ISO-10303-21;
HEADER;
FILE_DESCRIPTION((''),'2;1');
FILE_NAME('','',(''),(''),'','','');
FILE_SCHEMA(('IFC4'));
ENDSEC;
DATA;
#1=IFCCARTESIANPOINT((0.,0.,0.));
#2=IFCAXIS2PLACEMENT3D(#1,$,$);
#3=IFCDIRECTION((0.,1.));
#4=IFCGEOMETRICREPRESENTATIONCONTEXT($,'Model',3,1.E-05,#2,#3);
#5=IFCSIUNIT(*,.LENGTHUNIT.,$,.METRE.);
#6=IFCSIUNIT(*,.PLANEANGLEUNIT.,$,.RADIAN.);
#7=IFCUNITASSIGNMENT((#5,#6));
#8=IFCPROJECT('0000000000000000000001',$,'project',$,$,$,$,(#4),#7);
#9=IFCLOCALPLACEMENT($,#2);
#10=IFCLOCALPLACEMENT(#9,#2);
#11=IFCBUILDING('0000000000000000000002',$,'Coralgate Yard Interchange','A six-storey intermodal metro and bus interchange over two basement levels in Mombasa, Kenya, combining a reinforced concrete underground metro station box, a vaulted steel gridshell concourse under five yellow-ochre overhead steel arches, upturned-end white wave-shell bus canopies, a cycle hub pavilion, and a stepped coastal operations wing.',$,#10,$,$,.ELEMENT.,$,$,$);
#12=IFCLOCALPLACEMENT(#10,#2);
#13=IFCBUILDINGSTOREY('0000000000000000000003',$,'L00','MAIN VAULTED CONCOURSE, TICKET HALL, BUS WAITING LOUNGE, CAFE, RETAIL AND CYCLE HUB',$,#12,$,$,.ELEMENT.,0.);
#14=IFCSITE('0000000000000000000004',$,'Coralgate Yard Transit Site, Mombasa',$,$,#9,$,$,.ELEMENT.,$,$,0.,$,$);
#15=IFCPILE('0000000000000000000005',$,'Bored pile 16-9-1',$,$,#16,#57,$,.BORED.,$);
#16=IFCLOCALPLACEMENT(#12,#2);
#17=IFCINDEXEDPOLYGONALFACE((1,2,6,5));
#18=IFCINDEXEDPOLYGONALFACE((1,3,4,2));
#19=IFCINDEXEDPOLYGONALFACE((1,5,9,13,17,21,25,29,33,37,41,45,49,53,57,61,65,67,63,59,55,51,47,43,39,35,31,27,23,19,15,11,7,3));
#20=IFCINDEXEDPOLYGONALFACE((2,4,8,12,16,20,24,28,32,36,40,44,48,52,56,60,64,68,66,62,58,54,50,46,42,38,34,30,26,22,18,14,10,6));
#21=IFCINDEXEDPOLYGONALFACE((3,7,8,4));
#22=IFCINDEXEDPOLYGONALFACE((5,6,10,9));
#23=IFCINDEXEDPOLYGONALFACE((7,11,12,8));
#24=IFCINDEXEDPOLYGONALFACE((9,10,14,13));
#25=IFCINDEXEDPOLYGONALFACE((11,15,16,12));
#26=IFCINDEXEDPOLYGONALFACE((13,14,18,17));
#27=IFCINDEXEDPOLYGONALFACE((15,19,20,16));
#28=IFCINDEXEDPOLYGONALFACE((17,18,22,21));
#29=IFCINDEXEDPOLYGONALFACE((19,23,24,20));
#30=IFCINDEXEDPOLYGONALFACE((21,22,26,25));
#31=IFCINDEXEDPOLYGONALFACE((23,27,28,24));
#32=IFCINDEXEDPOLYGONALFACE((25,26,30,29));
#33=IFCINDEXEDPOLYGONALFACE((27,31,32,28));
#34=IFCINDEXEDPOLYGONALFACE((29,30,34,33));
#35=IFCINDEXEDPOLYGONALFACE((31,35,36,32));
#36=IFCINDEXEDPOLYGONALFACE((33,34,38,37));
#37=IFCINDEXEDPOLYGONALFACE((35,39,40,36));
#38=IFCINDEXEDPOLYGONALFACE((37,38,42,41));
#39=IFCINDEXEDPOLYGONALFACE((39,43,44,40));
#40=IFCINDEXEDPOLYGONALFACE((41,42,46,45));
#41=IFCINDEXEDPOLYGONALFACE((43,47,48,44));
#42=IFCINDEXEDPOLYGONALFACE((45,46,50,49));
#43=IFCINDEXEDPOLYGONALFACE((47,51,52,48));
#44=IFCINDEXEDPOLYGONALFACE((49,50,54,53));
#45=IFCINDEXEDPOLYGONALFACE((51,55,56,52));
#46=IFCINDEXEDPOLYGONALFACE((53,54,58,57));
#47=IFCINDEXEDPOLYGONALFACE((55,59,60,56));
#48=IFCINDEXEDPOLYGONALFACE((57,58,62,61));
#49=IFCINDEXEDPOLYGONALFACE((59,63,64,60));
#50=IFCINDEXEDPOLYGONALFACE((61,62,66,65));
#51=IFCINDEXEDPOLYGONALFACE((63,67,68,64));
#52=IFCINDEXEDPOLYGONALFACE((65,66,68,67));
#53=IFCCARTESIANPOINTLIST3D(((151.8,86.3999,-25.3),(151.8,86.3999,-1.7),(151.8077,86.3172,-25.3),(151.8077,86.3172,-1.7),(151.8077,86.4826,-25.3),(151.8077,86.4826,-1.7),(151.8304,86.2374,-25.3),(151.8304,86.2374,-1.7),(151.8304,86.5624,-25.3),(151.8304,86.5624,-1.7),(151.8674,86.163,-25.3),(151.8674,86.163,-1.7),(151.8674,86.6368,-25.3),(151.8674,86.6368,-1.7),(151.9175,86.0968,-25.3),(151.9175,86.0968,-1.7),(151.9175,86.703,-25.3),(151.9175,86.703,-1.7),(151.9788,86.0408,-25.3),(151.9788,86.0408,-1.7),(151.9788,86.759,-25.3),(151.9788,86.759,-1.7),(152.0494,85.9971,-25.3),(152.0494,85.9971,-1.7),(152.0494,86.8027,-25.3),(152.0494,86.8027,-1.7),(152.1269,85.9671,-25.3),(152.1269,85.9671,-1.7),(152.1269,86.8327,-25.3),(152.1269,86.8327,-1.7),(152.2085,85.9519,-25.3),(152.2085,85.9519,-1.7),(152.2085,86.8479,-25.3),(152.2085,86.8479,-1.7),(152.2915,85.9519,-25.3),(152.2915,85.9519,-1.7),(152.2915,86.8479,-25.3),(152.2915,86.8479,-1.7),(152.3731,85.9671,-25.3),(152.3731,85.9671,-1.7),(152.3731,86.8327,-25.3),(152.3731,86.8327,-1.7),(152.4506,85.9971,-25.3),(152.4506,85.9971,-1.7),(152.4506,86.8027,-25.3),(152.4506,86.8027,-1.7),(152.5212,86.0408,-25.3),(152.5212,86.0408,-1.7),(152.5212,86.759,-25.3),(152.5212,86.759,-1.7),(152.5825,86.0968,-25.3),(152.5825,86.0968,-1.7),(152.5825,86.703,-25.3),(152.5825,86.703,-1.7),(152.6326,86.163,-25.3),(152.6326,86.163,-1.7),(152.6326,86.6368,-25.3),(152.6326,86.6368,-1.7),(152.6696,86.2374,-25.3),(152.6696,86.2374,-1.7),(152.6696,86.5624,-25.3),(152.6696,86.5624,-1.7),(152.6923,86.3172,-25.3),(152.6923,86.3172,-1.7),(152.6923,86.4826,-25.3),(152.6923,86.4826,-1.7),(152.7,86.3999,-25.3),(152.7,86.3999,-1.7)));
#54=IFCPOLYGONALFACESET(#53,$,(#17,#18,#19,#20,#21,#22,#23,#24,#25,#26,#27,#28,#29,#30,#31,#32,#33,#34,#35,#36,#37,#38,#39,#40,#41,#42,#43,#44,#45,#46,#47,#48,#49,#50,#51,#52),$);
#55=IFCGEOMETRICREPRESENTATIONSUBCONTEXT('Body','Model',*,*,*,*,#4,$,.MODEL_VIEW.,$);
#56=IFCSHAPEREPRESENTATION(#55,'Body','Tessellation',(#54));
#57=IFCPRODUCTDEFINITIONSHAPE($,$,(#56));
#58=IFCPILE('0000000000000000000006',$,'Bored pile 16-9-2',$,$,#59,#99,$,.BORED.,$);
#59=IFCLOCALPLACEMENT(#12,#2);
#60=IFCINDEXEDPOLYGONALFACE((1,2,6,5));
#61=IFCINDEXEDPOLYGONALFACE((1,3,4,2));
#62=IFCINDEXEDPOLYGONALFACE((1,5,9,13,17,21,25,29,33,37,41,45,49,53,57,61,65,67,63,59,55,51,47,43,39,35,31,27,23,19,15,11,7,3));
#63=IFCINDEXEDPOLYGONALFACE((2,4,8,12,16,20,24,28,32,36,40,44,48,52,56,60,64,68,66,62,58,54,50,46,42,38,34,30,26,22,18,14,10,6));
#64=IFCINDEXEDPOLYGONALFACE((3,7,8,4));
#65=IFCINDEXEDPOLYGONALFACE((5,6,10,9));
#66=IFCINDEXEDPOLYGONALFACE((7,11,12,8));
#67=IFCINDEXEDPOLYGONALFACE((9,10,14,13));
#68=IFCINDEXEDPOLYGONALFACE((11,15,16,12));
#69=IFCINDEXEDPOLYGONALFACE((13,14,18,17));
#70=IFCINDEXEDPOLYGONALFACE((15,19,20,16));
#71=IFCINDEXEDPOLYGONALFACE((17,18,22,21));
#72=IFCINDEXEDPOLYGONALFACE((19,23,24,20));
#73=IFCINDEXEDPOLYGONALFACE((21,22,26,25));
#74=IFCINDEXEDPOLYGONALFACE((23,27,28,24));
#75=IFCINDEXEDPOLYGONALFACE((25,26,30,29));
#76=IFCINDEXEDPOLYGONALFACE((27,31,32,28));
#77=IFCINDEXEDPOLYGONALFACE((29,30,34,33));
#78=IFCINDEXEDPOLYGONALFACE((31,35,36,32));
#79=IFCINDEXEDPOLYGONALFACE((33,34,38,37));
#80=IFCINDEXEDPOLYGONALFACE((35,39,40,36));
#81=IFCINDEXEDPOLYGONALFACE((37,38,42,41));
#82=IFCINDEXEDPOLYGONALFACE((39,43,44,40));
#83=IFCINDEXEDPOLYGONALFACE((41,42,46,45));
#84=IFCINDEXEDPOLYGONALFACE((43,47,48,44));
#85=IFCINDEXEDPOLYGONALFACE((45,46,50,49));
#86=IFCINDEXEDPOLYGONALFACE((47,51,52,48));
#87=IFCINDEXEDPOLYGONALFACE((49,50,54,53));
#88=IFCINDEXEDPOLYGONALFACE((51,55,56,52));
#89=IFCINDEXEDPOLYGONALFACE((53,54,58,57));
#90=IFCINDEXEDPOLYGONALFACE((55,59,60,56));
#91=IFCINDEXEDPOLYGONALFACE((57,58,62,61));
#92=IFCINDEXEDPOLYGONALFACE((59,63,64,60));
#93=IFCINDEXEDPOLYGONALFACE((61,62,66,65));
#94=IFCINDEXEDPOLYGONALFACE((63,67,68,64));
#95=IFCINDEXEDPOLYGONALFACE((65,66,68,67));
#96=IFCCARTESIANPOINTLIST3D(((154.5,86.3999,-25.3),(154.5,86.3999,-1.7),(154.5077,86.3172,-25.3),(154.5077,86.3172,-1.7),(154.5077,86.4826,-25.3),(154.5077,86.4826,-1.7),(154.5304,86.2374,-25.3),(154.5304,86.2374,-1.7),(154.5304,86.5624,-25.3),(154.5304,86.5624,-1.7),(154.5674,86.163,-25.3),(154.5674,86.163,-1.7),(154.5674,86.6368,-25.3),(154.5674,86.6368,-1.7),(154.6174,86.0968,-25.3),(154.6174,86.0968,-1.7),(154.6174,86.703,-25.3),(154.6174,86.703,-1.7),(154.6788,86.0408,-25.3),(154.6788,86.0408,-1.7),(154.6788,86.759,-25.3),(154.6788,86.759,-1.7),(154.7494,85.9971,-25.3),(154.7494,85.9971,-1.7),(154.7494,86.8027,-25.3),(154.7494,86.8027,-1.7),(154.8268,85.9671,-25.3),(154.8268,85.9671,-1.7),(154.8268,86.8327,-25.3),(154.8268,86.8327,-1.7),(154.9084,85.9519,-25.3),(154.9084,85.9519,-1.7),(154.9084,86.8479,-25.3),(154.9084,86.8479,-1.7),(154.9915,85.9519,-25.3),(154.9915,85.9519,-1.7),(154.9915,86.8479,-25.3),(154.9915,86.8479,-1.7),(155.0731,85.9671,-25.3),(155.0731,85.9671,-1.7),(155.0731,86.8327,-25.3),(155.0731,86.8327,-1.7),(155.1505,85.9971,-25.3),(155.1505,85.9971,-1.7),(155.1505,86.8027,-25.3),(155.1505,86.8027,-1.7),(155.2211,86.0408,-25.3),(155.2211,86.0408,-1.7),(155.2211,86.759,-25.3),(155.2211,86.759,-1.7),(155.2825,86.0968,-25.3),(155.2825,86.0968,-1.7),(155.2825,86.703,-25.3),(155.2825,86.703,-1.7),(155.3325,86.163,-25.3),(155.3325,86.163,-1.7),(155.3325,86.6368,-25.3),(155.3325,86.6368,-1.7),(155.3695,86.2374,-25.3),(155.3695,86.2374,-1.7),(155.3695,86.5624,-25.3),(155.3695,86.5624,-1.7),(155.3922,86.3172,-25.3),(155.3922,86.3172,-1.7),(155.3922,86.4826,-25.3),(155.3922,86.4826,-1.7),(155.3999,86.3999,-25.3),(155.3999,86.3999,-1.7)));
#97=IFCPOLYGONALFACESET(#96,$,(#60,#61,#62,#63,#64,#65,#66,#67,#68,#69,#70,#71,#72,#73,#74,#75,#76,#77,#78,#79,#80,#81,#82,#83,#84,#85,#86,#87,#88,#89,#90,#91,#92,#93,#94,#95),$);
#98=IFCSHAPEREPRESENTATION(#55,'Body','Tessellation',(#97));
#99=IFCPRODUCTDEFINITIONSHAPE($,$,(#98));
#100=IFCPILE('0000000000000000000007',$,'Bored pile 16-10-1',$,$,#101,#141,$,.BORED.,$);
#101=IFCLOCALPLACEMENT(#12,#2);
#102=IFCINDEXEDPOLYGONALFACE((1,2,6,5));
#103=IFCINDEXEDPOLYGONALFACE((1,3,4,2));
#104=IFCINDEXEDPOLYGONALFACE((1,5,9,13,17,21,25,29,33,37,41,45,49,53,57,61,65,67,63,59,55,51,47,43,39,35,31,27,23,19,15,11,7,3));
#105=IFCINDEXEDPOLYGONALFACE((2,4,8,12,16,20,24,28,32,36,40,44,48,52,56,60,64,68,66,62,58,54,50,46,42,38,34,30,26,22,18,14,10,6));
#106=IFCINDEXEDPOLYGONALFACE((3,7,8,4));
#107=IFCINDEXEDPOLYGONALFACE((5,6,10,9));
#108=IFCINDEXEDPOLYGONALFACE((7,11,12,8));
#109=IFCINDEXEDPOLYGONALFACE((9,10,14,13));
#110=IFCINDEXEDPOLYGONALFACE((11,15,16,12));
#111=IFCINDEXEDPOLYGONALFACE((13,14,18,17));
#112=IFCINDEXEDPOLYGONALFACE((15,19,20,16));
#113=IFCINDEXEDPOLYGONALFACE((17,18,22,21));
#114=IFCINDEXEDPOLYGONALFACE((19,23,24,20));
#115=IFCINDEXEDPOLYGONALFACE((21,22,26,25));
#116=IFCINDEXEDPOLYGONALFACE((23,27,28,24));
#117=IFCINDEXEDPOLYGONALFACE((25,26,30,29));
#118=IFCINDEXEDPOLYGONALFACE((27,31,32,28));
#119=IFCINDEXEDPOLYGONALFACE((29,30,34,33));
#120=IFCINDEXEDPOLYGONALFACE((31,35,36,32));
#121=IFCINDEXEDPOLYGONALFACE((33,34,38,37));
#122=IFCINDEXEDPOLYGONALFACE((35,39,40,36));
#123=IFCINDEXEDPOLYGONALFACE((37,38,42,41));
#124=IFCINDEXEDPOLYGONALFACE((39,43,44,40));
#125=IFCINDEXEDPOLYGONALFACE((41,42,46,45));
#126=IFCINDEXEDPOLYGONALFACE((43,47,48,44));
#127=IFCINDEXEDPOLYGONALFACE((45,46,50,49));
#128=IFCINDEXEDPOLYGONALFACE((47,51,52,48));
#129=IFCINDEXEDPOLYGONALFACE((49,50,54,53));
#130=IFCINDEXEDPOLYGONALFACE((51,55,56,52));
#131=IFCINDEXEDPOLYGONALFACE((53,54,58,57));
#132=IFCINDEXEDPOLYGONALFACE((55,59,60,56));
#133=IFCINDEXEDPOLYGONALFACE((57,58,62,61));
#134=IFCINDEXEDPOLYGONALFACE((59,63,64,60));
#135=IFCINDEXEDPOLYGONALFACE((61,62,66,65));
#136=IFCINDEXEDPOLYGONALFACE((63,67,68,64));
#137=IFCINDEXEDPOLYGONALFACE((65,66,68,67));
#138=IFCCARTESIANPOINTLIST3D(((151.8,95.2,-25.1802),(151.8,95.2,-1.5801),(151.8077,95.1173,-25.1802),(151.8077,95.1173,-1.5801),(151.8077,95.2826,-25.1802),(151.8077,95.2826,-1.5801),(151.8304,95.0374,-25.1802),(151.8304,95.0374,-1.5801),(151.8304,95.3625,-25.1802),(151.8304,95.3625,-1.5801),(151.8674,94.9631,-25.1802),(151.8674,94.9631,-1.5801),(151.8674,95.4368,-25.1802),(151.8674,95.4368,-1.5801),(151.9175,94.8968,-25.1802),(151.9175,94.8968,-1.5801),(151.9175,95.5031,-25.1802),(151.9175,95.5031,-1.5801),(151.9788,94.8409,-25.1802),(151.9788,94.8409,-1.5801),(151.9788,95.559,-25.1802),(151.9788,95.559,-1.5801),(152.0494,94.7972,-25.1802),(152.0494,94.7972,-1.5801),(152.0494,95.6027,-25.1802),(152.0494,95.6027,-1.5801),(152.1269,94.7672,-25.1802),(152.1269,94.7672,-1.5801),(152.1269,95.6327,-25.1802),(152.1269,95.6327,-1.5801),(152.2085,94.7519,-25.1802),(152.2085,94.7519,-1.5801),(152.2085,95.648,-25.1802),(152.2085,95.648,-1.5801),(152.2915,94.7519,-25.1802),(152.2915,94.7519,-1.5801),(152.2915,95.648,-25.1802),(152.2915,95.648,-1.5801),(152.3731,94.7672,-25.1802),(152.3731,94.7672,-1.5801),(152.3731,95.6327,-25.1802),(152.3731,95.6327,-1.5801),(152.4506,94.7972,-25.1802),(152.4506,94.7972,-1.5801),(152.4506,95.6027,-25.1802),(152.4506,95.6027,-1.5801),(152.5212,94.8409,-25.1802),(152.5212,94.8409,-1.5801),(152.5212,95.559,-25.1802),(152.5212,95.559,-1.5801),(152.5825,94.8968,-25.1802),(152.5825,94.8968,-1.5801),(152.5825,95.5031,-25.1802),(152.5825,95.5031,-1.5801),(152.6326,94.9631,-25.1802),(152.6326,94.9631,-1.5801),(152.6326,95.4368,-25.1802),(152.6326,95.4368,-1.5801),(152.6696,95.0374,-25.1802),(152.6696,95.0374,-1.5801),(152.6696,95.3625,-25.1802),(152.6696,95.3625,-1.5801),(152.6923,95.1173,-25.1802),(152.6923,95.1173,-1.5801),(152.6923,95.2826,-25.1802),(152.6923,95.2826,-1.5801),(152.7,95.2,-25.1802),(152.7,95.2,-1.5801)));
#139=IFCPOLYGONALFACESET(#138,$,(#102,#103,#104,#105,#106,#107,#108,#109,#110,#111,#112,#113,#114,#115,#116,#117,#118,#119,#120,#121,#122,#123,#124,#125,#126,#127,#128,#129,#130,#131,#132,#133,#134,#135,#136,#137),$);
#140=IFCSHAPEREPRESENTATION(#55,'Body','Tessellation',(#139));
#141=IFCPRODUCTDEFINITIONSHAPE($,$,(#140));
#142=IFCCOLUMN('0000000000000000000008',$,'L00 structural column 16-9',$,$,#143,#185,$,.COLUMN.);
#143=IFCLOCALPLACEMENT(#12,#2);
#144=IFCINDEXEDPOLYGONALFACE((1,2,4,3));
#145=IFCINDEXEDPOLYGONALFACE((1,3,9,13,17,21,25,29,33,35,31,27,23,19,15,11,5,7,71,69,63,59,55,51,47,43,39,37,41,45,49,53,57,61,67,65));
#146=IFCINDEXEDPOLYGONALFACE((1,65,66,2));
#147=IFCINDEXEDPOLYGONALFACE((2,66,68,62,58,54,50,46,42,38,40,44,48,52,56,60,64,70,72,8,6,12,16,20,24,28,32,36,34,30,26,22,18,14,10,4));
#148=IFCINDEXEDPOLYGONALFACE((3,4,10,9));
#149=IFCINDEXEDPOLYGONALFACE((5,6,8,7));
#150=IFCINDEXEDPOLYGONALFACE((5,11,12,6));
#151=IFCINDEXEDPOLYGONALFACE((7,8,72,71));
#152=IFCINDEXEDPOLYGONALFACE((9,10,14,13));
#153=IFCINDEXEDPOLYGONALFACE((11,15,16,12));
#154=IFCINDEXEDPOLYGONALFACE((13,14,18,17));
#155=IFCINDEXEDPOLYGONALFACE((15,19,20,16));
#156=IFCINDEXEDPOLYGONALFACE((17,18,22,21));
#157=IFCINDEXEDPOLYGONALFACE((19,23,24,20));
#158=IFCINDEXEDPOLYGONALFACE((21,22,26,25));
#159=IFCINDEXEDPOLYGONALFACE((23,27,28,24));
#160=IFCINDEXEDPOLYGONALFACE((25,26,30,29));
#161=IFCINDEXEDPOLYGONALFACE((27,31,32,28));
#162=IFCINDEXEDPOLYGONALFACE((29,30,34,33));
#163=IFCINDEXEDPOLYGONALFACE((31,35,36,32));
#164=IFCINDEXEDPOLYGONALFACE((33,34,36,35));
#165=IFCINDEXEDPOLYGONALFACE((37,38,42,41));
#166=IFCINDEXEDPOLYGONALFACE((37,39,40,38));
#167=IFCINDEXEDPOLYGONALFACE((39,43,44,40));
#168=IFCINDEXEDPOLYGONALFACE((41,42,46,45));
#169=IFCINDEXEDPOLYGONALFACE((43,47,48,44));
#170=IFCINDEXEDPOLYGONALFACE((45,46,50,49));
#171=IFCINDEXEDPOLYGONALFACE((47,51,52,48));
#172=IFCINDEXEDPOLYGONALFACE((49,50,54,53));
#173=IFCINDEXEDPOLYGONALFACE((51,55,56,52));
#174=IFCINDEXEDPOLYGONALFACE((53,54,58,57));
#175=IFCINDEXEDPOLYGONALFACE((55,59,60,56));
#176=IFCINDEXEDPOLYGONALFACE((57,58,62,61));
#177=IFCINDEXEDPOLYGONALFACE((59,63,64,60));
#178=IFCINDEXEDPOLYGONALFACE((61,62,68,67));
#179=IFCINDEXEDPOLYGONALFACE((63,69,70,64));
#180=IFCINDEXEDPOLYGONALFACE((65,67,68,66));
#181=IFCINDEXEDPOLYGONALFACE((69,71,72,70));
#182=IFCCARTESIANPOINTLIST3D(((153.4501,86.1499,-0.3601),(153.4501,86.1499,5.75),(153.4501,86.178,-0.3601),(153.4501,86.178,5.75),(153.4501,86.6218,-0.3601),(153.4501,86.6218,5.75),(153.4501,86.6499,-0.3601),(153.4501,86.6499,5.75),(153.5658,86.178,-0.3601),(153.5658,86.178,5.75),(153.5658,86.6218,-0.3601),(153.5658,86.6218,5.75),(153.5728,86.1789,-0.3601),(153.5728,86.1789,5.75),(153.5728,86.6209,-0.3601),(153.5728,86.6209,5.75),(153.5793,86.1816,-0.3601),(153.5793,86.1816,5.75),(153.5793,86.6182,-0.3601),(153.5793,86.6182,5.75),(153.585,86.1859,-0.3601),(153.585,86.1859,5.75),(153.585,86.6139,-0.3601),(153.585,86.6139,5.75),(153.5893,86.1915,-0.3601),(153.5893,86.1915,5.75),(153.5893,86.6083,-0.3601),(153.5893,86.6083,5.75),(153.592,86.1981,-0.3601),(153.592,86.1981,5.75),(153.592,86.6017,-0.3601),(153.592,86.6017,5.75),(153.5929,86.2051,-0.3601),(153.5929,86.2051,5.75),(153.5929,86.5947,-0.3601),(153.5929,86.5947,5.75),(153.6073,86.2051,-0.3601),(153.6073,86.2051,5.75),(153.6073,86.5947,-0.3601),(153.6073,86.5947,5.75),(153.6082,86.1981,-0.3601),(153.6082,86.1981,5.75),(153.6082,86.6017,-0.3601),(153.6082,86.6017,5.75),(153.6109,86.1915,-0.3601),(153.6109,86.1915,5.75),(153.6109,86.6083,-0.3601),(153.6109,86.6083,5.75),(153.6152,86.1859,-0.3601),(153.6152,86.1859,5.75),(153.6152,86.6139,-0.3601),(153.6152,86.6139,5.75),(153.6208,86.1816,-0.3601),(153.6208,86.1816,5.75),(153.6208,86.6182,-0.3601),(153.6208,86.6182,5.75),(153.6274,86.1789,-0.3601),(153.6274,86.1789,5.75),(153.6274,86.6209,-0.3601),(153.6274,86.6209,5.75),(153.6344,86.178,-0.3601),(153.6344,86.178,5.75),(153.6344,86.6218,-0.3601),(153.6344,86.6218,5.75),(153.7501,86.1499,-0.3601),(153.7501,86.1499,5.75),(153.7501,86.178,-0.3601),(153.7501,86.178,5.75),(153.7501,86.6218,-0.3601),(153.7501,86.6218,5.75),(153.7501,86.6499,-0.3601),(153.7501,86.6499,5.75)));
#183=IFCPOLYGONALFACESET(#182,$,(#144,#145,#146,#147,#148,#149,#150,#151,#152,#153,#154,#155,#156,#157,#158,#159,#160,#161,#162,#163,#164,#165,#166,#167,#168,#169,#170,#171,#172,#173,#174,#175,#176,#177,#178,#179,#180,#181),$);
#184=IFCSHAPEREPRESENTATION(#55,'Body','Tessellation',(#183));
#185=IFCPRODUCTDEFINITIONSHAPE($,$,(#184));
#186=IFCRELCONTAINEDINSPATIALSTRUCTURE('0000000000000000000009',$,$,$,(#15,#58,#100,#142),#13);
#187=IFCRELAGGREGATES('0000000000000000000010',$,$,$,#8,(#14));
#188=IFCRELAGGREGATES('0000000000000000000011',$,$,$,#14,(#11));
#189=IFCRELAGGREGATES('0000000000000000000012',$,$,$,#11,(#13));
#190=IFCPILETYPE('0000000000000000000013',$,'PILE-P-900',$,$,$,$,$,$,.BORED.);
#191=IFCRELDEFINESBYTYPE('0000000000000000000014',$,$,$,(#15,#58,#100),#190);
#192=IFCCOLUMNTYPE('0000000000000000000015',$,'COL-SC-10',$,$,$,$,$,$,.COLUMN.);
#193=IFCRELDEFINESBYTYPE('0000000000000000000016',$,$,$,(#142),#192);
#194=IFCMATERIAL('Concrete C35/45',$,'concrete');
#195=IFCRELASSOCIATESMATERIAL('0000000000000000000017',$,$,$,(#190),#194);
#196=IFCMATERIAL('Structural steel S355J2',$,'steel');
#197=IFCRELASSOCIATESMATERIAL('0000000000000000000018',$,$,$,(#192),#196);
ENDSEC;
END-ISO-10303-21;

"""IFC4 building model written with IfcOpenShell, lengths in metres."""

from ifc_helpers import new_model, si_unit, direction, frame, origin, origin_2d, place, context, subcontext, project, spatial, circle, i_section, extrude, material, material_profile, profile_set, type_object, element, save


model = new_model("IFC4")

# Units and contexts
model_context = context("Model", 3, precision=1e-05, world=origin(), true_north=direction((0.0, 1.0)))
body_context = subcontext(model_context, "Body", "Model", "MODEL_VIEW")
ifc_project = project(units=[si_unit("LENGTHUNIT", "METRE"), si_unit("PLANEANGLEUNIT", "RADIAN")], contexts=[model_context])

# Site, building, storey
site_placement = place(None, origin())
site = spatial("IfcSite", under=ifc_project, at=site_placement, Name="Coralgate Yard Transit Site, Mombasa", CompositionType="ELEMENT", RefElevation=0.0)
building_placement = place(site_placement, origin())
building = spatial("IfcBuilding", under=site, at=building_placement, Name="Coralgate Yard Interchange", Description="A six-storey intermodal metro and bus interchange over two basement levels in Mombasa, Kenya, combining a reinforced concrete underground metro station box, a vaulted steel gridshell concourse under five yellow-ochre overhead steel arches, upturned-end white wave-shell bus canopies, a cycle hub pavilion, and a stepped coastal operations wing.", CompositionType="ELEMENT")
storey_placement = place(building_placement, origin())
storey = spatial("IfcBuildingStorey", under=building, at=storey_placement, Name="L00", Description="MAIN VAULTED CONCOURSE, TICKET HALL, BUS WAITING LOUNGE, CAFE, RETAIL AND CYCLE HUB", CompositionType="ELEMENT", Elevation=0.0)

# Piles
ifc_material_1 = material(Name="Concrete C35/45", Category="concrete")
ifc_material_profile_1 = material_profile(ifc_material_1, circle(Radius=0.45, at=origin_2d()), Name="BORED PILE D900")
ifc_profile_set_1 = profile_set([ifc_material_profile_1], Name="Concrete C35/45")
pile_type = type_object("IfcPileType", Name="PILE-P-900", PredefinedType="BORED", material=ifc_profile_set_1)
for number, where, z_axis, x_axis, name in (
    (1, (152.25, 86.3999, -1.7), (0.0, 0.0, -1.0), (1.0, 0.0, 0.0), "Bored pile 16-9-1"),
    (2, (154.95, 86.3999, -1.7), (0.0, 0.0, -1.0), (1.0, 0.0, 0.0), "Bored pile 16-9-2"),
    (3, (152.25, 95.2, -1.5801), (0.0, 0.0, -1.0), (1.0, 0.0, 0.0), "Bored pile 16-10-1"),
):
    element("IfcPile", number, at=place(storey_placement, frame(where, z_axis=z_axis, x_axis=x_axis)), inside=storey, type_object=pile_type, Name=name, PredefinedType="BORED", context=body_context, shape_type="SweptSolid", body=[
        extrude(circle(Radius=0.45, at=origin_2d()), origin(), (0.0, 0.0, 1.0), 23.6001),
    ])

# Column
ifc_material_2 = material(Name="Structural steel S355J2", Category="steel")
ifc_material_profile_2 = material_profile(ifc_material_2, i_section(OverallWidth=0.3, OverallDepth=0.5, WebThickness=0.0144, FlangeThickness=0.0281, FilletRadius=0.0271, at=origin_2d()), Name="HEB 500")
ifc_profile_set_2 = profile_set([ifc_material_profile_2], Name="Structural steel S355J2")
column_type_1 = type_object("IfcColumnType", Name="COL-SC-10", PredefinedType="COLUMN", material=ifc_profile_set_2)
column_1_placement = place(storey_placement, frame((153.6001, 86.3999, -0.3601), z_axis=(0.0, 0.0, 1.0), x_axis=(1.0, 0.0, 0.0)))
element("IfcColumn", 4, at=column_1_placement, inside=storey, type_object=column_type_1, Name="L00 structural column 16-9", PredefinedType="COLUMN", context=body_context, shape_type="SweptSolid", body=[
    extrude(i_section(OverallWidth=0.3, OverallDepth=0.5, WebThickness=0.0144, FlangeThickness=0.0281, FilletRadius=0.0271, at=origin_2d()), origin(), (0.0, 0.0, 1.0), 6.1101),
])

save(model, "model.ifc")
